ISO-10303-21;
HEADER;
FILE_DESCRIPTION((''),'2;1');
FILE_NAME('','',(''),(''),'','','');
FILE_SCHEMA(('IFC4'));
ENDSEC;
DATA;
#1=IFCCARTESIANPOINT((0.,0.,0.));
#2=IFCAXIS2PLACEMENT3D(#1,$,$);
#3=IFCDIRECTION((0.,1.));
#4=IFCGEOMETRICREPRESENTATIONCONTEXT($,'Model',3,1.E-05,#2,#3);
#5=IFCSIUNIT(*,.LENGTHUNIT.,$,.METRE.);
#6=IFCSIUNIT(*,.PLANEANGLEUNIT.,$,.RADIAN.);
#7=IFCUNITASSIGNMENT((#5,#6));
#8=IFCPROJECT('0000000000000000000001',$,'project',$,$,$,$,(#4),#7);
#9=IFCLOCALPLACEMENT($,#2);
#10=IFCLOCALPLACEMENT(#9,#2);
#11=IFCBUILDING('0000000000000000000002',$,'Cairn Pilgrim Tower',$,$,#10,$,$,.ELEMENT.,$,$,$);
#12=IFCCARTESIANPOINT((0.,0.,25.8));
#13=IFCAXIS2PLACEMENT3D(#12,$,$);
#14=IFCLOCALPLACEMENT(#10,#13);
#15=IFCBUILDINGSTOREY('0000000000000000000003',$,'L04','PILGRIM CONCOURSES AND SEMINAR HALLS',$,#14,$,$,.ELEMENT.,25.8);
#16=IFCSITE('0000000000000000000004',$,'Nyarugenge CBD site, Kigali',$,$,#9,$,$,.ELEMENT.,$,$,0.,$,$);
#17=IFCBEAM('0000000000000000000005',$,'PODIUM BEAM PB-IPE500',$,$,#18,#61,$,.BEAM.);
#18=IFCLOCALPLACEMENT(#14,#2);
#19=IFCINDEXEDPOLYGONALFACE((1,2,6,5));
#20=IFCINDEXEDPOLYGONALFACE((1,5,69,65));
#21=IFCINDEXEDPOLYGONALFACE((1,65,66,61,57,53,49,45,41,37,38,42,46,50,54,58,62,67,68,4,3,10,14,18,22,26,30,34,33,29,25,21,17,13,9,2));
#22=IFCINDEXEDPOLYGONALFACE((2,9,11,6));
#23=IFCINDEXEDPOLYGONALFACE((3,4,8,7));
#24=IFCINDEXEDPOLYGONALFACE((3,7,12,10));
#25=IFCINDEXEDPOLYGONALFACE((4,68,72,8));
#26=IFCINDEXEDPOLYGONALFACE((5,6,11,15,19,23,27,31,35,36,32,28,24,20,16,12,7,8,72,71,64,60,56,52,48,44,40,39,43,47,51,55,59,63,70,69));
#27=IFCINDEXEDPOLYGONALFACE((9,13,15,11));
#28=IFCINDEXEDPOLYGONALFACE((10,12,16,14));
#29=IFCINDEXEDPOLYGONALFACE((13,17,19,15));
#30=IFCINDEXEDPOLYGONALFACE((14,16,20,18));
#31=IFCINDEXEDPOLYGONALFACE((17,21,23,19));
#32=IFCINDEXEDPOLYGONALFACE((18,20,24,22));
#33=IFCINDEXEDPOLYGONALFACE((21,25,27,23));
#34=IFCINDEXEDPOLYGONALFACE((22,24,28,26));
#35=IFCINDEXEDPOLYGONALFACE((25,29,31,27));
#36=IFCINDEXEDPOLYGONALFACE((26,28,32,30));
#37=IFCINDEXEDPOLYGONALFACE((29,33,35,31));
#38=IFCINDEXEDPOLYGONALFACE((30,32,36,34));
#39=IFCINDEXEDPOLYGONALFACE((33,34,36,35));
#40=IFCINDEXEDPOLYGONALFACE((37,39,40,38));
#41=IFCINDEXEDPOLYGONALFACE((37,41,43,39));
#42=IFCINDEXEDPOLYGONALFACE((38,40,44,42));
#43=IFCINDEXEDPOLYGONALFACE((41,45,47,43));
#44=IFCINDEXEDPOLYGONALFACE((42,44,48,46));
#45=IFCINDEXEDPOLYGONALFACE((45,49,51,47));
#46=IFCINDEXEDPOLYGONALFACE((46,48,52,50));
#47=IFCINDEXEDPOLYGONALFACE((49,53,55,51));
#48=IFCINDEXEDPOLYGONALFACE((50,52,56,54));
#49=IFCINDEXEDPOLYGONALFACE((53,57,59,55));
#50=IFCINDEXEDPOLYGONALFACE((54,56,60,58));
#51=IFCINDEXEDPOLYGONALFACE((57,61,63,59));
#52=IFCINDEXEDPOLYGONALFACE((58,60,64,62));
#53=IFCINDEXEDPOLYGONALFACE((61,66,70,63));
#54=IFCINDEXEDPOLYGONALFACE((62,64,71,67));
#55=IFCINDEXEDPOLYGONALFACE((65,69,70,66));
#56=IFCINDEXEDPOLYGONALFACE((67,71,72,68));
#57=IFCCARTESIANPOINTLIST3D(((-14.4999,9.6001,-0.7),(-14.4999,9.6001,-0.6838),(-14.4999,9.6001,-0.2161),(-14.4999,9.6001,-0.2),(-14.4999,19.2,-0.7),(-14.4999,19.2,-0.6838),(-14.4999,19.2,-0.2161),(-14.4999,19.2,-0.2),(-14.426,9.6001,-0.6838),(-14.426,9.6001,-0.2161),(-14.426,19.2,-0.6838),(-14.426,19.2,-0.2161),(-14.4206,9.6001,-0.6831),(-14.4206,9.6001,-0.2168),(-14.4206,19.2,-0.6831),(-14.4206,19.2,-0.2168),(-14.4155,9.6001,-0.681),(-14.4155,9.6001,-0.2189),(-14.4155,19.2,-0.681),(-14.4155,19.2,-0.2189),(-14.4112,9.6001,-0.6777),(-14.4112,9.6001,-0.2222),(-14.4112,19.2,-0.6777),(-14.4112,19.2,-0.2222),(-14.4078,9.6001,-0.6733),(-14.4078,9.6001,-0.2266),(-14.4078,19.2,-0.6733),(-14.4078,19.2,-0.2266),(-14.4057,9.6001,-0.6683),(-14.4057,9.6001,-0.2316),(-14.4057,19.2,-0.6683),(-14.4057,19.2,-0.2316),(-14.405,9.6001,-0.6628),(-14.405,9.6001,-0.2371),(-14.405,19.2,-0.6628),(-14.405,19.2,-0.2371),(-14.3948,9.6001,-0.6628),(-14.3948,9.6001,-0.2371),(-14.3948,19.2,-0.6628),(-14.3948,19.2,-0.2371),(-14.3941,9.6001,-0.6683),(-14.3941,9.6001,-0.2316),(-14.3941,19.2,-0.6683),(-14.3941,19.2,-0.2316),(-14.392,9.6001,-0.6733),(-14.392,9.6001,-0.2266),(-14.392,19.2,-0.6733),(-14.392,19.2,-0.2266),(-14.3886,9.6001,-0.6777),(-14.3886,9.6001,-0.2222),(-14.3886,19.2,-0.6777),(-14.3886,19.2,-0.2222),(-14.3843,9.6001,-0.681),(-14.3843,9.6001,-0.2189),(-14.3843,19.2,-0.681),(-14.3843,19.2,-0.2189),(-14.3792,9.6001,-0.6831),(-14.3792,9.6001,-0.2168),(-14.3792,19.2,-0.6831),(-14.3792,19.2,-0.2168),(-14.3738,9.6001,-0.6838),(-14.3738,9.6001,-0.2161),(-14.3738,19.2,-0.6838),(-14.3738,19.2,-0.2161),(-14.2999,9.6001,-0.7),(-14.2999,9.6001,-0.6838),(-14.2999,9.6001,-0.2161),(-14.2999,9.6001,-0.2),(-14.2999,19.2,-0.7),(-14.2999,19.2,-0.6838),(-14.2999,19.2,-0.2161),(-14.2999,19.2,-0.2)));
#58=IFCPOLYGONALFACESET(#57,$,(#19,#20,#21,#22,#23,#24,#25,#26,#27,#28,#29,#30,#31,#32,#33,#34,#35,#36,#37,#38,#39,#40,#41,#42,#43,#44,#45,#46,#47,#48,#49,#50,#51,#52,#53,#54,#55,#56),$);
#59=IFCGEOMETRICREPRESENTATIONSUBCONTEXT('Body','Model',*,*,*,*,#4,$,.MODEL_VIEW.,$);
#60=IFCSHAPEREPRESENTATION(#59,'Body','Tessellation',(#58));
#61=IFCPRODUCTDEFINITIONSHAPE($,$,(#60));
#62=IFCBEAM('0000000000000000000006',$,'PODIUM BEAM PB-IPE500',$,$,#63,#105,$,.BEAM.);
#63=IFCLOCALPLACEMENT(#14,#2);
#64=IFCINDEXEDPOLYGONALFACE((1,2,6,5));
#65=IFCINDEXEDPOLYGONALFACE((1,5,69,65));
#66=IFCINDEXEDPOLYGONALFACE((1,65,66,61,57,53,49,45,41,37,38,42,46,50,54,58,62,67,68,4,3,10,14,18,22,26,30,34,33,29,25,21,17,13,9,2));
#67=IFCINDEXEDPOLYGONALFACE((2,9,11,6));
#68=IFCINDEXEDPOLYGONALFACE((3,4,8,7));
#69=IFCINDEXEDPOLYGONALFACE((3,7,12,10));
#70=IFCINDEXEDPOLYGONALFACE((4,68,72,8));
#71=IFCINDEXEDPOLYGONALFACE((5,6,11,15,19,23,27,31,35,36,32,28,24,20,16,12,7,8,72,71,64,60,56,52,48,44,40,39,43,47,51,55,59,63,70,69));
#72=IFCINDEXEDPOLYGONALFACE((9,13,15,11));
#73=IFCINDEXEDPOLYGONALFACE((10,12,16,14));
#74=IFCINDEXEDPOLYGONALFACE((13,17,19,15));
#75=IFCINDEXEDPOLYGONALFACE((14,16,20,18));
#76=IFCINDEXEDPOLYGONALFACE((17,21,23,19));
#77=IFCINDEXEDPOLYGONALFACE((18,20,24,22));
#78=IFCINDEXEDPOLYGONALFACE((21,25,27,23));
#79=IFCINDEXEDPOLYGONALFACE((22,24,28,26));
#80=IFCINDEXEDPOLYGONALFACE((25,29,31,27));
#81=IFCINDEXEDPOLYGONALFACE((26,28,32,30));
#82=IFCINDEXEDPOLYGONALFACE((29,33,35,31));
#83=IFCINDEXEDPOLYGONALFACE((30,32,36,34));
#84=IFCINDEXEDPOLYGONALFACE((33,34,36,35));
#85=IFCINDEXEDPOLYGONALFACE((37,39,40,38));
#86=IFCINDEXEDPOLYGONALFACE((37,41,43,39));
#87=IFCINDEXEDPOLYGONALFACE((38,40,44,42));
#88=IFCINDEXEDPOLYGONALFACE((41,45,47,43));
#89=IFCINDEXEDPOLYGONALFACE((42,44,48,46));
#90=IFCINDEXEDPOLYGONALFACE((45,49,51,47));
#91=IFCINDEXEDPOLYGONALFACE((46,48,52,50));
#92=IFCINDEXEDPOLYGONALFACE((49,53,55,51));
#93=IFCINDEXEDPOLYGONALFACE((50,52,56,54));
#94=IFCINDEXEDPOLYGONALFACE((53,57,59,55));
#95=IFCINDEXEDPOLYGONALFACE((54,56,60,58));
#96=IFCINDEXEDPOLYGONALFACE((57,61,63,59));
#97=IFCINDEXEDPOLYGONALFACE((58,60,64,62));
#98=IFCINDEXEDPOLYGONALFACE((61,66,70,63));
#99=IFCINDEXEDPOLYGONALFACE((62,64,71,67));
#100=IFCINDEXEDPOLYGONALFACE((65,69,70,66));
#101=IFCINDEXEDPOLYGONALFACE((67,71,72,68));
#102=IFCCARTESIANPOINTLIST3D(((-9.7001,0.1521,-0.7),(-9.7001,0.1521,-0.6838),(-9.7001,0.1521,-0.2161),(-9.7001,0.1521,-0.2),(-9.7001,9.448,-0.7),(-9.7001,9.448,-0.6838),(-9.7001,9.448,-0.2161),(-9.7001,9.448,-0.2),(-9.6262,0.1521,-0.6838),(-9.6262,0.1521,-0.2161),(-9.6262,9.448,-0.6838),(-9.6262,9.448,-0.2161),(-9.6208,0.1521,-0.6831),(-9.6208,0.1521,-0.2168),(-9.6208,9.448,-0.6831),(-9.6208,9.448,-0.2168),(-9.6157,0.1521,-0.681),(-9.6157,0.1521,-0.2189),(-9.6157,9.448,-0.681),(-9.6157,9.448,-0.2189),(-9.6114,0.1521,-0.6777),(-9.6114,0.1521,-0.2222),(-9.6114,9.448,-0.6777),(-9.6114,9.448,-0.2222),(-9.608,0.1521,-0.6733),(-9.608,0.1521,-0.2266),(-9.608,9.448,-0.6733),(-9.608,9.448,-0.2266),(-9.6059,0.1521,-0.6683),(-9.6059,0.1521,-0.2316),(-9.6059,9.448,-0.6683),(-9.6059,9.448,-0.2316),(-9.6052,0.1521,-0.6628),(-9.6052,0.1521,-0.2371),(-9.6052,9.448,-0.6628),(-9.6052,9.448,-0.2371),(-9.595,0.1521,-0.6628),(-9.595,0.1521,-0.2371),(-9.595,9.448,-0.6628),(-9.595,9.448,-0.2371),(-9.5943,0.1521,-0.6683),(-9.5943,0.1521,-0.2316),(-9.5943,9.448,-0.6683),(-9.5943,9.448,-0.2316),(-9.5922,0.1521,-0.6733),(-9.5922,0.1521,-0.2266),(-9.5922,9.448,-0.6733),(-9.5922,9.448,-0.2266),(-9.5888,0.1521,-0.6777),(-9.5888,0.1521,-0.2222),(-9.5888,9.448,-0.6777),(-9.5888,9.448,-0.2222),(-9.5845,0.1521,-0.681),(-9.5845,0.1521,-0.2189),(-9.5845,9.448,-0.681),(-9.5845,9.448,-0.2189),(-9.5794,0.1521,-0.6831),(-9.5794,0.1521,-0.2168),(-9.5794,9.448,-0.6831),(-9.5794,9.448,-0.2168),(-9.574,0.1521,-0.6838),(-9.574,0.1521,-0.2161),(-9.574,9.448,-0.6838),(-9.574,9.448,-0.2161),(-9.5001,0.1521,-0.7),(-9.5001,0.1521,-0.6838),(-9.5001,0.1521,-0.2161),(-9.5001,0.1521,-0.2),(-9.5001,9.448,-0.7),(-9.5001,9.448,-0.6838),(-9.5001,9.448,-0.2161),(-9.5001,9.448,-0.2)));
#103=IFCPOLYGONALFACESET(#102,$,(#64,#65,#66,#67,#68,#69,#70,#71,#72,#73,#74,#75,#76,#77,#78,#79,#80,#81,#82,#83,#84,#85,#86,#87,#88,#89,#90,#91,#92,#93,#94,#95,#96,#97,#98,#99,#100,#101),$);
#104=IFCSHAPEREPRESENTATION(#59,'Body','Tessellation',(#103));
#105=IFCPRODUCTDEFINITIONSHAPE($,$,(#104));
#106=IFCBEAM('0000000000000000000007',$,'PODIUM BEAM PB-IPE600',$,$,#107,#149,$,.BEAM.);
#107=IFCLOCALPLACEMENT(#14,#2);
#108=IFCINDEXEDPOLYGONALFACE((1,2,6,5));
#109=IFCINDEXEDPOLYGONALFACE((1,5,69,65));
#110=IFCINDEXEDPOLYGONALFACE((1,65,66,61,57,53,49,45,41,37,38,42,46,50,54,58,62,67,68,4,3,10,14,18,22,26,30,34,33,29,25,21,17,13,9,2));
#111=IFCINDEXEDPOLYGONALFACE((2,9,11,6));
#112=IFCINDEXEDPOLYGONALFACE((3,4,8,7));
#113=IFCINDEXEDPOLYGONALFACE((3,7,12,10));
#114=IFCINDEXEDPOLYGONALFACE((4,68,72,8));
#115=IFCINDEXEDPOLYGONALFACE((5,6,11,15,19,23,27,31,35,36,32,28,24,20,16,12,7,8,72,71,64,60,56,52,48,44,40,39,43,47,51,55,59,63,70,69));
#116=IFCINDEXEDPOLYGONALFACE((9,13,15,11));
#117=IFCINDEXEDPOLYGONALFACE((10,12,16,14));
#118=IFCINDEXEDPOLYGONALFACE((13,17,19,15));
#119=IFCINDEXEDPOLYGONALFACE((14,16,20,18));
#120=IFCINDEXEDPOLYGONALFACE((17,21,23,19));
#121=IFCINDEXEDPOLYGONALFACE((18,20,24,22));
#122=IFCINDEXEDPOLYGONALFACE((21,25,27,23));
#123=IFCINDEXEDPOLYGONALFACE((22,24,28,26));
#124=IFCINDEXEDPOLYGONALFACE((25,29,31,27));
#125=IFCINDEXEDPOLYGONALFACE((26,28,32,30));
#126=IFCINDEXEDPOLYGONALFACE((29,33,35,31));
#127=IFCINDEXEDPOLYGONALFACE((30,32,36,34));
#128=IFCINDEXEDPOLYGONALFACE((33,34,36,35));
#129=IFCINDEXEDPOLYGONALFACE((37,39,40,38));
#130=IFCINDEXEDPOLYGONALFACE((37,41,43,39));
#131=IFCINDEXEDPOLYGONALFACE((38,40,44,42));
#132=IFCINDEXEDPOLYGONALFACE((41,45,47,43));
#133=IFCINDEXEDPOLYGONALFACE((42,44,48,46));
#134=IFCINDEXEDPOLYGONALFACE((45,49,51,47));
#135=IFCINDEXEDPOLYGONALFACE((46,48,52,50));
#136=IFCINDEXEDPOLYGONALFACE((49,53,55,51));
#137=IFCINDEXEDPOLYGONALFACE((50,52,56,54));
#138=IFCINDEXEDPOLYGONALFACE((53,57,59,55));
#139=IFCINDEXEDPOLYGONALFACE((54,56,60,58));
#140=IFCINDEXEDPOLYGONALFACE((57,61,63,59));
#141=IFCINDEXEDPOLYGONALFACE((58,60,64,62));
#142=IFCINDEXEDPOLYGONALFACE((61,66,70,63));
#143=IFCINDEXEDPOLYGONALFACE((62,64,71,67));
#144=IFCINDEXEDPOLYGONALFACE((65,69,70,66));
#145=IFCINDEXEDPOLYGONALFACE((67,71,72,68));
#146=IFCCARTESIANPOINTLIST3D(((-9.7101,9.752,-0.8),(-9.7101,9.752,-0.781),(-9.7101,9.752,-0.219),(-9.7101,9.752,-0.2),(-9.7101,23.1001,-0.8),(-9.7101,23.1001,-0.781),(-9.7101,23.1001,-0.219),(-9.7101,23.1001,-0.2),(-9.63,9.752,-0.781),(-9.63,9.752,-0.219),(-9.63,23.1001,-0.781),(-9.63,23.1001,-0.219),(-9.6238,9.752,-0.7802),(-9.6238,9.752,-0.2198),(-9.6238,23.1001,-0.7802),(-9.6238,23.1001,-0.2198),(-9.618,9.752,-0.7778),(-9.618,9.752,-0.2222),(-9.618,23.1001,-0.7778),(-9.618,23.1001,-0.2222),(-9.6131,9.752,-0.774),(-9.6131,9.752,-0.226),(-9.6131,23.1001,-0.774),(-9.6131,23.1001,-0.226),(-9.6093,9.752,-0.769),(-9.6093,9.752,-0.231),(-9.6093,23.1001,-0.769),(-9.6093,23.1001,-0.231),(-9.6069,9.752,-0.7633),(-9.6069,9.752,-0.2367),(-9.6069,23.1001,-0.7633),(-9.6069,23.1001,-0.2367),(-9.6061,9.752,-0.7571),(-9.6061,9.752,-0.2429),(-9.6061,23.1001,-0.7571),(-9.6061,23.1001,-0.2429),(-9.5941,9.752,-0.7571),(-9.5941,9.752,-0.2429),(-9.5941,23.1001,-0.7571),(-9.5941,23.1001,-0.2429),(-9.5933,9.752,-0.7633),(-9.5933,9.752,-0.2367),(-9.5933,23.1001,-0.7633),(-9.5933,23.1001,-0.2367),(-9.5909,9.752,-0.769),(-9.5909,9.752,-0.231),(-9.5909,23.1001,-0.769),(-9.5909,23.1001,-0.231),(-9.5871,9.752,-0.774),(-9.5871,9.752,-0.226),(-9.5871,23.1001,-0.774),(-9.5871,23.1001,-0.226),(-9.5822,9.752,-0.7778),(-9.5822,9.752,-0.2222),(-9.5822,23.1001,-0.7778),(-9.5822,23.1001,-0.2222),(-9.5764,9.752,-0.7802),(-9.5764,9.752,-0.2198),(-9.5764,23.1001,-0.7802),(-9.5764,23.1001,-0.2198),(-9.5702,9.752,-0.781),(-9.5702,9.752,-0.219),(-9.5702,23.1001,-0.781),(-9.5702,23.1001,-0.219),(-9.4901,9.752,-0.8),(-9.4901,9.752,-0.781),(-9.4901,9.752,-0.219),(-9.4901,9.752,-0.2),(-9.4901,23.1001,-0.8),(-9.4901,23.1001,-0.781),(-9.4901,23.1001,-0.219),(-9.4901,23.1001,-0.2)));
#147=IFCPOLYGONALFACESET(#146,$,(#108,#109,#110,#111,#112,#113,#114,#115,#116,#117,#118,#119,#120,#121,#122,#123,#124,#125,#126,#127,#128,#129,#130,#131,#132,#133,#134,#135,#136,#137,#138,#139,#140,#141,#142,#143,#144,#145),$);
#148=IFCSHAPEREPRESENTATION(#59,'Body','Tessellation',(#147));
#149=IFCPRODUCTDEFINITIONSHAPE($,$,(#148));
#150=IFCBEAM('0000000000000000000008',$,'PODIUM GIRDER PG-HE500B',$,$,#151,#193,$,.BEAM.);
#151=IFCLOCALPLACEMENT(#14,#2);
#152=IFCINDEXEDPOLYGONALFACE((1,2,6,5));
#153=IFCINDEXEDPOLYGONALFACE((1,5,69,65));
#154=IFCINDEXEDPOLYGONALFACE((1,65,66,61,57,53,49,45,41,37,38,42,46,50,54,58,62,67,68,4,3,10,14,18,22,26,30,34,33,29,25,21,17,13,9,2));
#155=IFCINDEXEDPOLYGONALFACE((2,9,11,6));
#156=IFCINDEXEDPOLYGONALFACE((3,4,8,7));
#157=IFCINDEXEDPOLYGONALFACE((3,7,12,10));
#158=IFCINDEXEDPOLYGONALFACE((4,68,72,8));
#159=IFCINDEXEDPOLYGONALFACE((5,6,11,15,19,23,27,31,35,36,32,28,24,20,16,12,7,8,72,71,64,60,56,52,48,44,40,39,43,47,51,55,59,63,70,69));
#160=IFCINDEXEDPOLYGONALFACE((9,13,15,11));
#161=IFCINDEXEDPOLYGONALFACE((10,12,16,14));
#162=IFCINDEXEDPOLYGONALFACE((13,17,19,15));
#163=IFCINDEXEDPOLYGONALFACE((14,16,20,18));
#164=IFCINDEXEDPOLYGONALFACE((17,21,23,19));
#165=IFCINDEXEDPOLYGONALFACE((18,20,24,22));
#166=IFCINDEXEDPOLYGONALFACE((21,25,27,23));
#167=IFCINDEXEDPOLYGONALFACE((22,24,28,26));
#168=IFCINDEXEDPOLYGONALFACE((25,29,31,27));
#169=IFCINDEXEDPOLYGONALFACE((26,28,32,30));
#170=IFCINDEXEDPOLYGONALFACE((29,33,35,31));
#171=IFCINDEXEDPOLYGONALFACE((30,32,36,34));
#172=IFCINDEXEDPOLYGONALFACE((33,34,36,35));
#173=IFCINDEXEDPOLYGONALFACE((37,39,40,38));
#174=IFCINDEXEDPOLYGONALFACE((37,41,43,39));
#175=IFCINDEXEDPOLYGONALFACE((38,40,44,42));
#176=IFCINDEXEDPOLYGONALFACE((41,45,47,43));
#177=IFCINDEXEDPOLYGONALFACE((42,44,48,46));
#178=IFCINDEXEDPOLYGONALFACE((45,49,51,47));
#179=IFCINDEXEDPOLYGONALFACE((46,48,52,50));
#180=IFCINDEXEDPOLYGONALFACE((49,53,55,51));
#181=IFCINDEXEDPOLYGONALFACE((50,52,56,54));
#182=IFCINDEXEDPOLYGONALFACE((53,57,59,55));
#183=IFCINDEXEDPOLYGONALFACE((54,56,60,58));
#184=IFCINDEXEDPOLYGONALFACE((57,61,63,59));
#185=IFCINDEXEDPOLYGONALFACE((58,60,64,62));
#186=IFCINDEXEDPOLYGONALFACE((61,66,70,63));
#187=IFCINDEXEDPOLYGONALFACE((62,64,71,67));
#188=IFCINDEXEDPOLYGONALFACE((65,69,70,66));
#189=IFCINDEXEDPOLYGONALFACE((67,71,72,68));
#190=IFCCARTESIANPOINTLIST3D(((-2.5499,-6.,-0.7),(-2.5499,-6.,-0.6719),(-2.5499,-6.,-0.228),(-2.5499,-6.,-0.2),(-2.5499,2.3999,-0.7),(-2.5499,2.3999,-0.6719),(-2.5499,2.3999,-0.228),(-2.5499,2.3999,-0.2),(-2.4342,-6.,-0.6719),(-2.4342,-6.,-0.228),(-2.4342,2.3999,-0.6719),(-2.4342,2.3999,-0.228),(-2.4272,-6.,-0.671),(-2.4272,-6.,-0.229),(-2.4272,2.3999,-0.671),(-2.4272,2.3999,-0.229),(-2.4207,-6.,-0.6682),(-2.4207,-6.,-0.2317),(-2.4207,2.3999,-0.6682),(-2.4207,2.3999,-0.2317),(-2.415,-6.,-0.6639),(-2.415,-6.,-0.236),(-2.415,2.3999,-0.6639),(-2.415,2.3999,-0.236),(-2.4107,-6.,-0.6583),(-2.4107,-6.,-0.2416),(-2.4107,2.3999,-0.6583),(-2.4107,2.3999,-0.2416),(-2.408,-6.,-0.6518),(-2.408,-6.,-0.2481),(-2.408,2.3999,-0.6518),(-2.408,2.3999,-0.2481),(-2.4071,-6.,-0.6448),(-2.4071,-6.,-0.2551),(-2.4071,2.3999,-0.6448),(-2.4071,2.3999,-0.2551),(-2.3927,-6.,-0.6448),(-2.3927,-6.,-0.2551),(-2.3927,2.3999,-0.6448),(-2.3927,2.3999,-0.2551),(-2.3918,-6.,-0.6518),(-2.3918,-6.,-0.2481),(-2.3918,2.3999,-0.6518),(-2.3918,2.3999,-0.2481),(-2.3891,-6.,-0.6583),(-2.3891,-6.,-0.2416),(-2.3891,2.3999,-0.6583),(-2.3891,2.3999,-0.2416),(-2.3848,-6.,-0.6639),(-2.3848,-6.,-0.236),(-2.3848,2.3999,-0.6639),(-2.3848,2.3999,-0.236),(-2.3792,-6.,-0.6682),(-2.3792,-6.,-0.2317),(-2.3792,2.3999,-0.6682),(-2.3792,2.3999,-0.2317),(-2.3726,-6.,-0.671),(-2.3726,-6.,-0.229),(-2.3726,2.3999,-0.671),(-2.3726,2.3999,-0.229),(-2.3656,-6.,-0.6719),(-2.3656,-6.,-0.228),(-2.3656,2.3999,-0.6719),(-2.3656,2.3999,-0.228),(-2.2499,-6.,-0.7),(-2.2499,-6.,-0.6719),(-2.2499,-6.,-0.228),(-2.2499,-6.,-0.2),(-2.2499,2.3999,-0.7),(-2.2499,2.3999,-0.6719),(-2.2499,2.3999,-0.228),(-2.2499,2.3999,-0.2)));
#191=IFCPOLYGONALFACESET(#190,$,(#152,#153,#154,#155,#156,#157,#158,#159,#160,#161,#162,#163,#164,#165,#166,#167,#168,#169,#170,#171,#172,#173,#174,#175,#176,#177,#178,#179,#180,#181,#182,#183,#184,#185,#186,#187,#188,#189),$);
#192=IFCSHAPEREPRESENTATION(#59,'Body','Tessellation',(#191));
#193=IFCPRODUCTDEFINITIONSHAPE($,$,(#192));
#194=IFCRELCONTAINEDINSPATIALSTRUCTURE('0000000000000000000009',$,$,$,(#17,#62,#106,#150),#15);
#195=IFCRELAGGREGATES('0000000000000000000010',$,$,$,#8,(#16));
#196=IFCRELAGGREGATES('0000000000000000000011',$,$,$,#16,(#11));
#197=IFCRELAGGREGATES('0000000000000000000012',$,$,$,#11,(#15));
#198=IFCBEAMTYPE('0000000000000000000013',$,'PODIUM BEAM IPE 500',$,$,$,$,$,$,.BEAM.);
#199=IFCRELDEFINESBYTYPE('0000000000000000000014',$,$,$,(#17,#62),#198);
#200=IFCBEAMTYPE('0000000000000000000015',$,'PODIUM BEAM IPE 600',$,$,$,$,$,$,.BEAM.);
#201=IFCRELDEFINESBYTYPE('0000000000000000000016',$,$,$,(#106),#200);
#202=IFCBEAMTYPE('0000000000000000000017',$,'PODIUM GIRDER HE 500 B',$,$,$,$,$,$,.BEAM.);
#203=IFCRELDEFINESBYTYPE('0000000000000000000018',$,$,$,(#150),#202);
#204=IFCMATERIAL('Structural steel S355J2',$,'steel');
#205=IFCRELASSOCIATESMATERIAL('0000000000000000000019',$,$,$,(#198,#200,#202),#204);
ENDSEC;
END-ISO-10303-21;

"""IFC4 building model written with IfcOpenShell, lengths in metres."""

from ifc_helpers import new_model, si_unit, direction, frame, origin, origin_2d, place, context, subcontext, project, spatial, i_section, extrude, material, material_profile, profile_set, type_object, element, save


model = new_model("IFC4")

# Units and contexts
model_context = context("Model", 3, precision=1e-05, world=origin(), true_north=direction((0.0, 1.0)))
body_context = subcontext(model_context, "Body", "Model", "MODEL_VIEW")
ifc_project = project(units=[si_unit("LENGTHUNIT", "METRE"), si_unit("PLANEANGLEUNIT", "RADIAN")], contexts=[model_context])

# Site, building, storey
site_placement = place(None, origin())
site = spatial("IfcSite", under=ifc_project, at=site_placement, Name="Nyarugenge CBD site, Kigali", CompositionType="ELEMENT", RefElevation=0.0)
building_placement = place(site_placement, origin())
building = spatial("IfcBuilding", under=site, at=building_placement, Name="Cairn Pilgrim Tower", CompositionType="ELEMENT")
storey_placement = place(building_placement, frame((0.0, 0.0, 25.8)))
storey = spatial("IfcBuildingStorey", under=building, at=storey_placement, Name="L04", Description="PILGRIM CONCOURSES AND SEMINAR HALLS", CompositionType="ELEMENT", Elevation=25.8)

# Beams
ifc_material_1 = material(Name="Structural steel S355J2", Category="steel")
ifc_material_profile_1 = material_profile(ifc_material_1, i_section(OverallWidth=0.2, OverallDepth=0.5, WebThickness=0.0103, FlangeThickness=0.0161, FilletRadius=0.021, at=origin_2d()), Name="IPE 500")
ifc_profile_set_1 = profile_set([ifc_material_profile_1], Name="Structural steel S355J2")
beam_type_1 = type_object("IfcBeamType", Name="PODIUM BEAM IPE 500", PredefinedType="BEAM", material=ifc_profile_set_1)
beam_1_placement = place(storey_placement, frame((-14.3999, 9.6001, -0.45), z_axis=(0.0, 1.0, 0.0), x_axis=(-1.0, 0.0, 0.0)))
element("IfcBeam", 1, at=beam_1_placement, inside=storey, type_object=beam_type_1, Name="PODIUM BEAM PB-IPE500", PredefinedType="BEAM", context=body_context, shape_type="SweptSolid", body=[
    extrude(i_section(OverallWidth=0.2, OverallDepth=0.5, WebThickness=0.0103, FlangeThickness=0.0161, FilletRadius=0.021, at=origin_2d()), origin(), (0.0, 0.0, 1.0), 9.5999),
])
beam_2_placement = place(storey_placement, frame((-9.6001, 0.1521, -0.45), z_axis=(0.0, 1.0, 0.0), x_axis=(-1.0, 0.0, 0.0)))
element("IfcBeam", 2, at=beam_2_placement, inside=storey, type_object=beam_type_1, Name="PODIUM BEAM PB-IPE500", PredefinedType="BEAM", context=body_context, shape_type="SweptSolid", body=[
    extrude(i_section(OverallWidth=0.2, OverallDepth=0.5, WebThickness=0.0103, FlangeThickness=0.0161, FilletRadius=0.021, at=origin_2d()), origin(), (0.0, 0.0, 1.0), 9.2959),
])
ifc_material_profile_2 = material_profile(ifc_material_1, i_section(OverallWidth=0.22, OverallDepth=0.6001, WebThickness=0.012, FlangeThickness=0.019, FilletRadius=0.0239, at=origin_2d()), Name="IPE 600")
ifc_profile_set_2 = profile_set([ifc_material_profile_2], Name="Structural steel S355J2")
beam_type_2 = type_object("IfcBeamType", Name="PODIUM BEAM IPE 600", PredefinedType="BEAM", material=ifc_profile_set_2)
beam_3_placement = place(storey_placement, frame((-9.6001, 9.752, -0.5), z_axis=(0.0, 1.0, 0.0), x_axis=(-1.0, 0.0, 0.0)))
element("IfcBeam", 3, at=beam_3_placement, inside=storey, type_object=beam_type_2, Name="PODIUM BEAM PB-IPE600", PredefinedType="BEAM", context=body_context, shape_type="SweptSolid", body=[
    extrude(i_section(OverallWidth=0.22, OverallDepth=0.6001, WebThickness=0.012, FlangeThickness=0.019, FilletRadius=0.0239, at=origin_2d()), origin(), (0.0, 0.0, 1.0), 13.3481),
])
ifc_material_profile_3 = material_profile(ifc_material_1, i_section(OverallWidth=0.3, OverallDepth=0.5, WebThickness=0.0144, FlangeThickness=0.0281, FilletRadius=0.0271, at=origin_2d()), Name="HEB 500")
ifc_profile_set_3 = profile_set([ifc_material_profile_3], Name="Structural steel S355J2")
beam_type_3 = type_object("IfcBeamType", Name="PODIUM GIRDER HE 500 B", PredefinedType="BEAM", material=ifc_profile_set_3)
beam_4_placement = place(storey_placement, frame((-2.3999, 2.3999, -0.45), z_axis=(0.0, -1.0, 0.0), x_axis=(1.0, 0.0, 0.0)))
element("IfcBeam", 4, at=beam_4_placement, inside=storey, type_object=beam_type_3, Name="PODIUM GIRDER PG-HE500B", PredefinedType="BEAM", context=body_context, shape_type="SweptSolid", body=[
    extrude(i_section(OverallWidth=0.3, OverallDepth=0.5, WebThickness=0.0144, FlangeThickness=0.0281, FilletRadius=0.0271, at=origin_2d()), origin(), (0.0, 0.0, 1.0), 8.3999),
])

save(model, "model.ifc")
